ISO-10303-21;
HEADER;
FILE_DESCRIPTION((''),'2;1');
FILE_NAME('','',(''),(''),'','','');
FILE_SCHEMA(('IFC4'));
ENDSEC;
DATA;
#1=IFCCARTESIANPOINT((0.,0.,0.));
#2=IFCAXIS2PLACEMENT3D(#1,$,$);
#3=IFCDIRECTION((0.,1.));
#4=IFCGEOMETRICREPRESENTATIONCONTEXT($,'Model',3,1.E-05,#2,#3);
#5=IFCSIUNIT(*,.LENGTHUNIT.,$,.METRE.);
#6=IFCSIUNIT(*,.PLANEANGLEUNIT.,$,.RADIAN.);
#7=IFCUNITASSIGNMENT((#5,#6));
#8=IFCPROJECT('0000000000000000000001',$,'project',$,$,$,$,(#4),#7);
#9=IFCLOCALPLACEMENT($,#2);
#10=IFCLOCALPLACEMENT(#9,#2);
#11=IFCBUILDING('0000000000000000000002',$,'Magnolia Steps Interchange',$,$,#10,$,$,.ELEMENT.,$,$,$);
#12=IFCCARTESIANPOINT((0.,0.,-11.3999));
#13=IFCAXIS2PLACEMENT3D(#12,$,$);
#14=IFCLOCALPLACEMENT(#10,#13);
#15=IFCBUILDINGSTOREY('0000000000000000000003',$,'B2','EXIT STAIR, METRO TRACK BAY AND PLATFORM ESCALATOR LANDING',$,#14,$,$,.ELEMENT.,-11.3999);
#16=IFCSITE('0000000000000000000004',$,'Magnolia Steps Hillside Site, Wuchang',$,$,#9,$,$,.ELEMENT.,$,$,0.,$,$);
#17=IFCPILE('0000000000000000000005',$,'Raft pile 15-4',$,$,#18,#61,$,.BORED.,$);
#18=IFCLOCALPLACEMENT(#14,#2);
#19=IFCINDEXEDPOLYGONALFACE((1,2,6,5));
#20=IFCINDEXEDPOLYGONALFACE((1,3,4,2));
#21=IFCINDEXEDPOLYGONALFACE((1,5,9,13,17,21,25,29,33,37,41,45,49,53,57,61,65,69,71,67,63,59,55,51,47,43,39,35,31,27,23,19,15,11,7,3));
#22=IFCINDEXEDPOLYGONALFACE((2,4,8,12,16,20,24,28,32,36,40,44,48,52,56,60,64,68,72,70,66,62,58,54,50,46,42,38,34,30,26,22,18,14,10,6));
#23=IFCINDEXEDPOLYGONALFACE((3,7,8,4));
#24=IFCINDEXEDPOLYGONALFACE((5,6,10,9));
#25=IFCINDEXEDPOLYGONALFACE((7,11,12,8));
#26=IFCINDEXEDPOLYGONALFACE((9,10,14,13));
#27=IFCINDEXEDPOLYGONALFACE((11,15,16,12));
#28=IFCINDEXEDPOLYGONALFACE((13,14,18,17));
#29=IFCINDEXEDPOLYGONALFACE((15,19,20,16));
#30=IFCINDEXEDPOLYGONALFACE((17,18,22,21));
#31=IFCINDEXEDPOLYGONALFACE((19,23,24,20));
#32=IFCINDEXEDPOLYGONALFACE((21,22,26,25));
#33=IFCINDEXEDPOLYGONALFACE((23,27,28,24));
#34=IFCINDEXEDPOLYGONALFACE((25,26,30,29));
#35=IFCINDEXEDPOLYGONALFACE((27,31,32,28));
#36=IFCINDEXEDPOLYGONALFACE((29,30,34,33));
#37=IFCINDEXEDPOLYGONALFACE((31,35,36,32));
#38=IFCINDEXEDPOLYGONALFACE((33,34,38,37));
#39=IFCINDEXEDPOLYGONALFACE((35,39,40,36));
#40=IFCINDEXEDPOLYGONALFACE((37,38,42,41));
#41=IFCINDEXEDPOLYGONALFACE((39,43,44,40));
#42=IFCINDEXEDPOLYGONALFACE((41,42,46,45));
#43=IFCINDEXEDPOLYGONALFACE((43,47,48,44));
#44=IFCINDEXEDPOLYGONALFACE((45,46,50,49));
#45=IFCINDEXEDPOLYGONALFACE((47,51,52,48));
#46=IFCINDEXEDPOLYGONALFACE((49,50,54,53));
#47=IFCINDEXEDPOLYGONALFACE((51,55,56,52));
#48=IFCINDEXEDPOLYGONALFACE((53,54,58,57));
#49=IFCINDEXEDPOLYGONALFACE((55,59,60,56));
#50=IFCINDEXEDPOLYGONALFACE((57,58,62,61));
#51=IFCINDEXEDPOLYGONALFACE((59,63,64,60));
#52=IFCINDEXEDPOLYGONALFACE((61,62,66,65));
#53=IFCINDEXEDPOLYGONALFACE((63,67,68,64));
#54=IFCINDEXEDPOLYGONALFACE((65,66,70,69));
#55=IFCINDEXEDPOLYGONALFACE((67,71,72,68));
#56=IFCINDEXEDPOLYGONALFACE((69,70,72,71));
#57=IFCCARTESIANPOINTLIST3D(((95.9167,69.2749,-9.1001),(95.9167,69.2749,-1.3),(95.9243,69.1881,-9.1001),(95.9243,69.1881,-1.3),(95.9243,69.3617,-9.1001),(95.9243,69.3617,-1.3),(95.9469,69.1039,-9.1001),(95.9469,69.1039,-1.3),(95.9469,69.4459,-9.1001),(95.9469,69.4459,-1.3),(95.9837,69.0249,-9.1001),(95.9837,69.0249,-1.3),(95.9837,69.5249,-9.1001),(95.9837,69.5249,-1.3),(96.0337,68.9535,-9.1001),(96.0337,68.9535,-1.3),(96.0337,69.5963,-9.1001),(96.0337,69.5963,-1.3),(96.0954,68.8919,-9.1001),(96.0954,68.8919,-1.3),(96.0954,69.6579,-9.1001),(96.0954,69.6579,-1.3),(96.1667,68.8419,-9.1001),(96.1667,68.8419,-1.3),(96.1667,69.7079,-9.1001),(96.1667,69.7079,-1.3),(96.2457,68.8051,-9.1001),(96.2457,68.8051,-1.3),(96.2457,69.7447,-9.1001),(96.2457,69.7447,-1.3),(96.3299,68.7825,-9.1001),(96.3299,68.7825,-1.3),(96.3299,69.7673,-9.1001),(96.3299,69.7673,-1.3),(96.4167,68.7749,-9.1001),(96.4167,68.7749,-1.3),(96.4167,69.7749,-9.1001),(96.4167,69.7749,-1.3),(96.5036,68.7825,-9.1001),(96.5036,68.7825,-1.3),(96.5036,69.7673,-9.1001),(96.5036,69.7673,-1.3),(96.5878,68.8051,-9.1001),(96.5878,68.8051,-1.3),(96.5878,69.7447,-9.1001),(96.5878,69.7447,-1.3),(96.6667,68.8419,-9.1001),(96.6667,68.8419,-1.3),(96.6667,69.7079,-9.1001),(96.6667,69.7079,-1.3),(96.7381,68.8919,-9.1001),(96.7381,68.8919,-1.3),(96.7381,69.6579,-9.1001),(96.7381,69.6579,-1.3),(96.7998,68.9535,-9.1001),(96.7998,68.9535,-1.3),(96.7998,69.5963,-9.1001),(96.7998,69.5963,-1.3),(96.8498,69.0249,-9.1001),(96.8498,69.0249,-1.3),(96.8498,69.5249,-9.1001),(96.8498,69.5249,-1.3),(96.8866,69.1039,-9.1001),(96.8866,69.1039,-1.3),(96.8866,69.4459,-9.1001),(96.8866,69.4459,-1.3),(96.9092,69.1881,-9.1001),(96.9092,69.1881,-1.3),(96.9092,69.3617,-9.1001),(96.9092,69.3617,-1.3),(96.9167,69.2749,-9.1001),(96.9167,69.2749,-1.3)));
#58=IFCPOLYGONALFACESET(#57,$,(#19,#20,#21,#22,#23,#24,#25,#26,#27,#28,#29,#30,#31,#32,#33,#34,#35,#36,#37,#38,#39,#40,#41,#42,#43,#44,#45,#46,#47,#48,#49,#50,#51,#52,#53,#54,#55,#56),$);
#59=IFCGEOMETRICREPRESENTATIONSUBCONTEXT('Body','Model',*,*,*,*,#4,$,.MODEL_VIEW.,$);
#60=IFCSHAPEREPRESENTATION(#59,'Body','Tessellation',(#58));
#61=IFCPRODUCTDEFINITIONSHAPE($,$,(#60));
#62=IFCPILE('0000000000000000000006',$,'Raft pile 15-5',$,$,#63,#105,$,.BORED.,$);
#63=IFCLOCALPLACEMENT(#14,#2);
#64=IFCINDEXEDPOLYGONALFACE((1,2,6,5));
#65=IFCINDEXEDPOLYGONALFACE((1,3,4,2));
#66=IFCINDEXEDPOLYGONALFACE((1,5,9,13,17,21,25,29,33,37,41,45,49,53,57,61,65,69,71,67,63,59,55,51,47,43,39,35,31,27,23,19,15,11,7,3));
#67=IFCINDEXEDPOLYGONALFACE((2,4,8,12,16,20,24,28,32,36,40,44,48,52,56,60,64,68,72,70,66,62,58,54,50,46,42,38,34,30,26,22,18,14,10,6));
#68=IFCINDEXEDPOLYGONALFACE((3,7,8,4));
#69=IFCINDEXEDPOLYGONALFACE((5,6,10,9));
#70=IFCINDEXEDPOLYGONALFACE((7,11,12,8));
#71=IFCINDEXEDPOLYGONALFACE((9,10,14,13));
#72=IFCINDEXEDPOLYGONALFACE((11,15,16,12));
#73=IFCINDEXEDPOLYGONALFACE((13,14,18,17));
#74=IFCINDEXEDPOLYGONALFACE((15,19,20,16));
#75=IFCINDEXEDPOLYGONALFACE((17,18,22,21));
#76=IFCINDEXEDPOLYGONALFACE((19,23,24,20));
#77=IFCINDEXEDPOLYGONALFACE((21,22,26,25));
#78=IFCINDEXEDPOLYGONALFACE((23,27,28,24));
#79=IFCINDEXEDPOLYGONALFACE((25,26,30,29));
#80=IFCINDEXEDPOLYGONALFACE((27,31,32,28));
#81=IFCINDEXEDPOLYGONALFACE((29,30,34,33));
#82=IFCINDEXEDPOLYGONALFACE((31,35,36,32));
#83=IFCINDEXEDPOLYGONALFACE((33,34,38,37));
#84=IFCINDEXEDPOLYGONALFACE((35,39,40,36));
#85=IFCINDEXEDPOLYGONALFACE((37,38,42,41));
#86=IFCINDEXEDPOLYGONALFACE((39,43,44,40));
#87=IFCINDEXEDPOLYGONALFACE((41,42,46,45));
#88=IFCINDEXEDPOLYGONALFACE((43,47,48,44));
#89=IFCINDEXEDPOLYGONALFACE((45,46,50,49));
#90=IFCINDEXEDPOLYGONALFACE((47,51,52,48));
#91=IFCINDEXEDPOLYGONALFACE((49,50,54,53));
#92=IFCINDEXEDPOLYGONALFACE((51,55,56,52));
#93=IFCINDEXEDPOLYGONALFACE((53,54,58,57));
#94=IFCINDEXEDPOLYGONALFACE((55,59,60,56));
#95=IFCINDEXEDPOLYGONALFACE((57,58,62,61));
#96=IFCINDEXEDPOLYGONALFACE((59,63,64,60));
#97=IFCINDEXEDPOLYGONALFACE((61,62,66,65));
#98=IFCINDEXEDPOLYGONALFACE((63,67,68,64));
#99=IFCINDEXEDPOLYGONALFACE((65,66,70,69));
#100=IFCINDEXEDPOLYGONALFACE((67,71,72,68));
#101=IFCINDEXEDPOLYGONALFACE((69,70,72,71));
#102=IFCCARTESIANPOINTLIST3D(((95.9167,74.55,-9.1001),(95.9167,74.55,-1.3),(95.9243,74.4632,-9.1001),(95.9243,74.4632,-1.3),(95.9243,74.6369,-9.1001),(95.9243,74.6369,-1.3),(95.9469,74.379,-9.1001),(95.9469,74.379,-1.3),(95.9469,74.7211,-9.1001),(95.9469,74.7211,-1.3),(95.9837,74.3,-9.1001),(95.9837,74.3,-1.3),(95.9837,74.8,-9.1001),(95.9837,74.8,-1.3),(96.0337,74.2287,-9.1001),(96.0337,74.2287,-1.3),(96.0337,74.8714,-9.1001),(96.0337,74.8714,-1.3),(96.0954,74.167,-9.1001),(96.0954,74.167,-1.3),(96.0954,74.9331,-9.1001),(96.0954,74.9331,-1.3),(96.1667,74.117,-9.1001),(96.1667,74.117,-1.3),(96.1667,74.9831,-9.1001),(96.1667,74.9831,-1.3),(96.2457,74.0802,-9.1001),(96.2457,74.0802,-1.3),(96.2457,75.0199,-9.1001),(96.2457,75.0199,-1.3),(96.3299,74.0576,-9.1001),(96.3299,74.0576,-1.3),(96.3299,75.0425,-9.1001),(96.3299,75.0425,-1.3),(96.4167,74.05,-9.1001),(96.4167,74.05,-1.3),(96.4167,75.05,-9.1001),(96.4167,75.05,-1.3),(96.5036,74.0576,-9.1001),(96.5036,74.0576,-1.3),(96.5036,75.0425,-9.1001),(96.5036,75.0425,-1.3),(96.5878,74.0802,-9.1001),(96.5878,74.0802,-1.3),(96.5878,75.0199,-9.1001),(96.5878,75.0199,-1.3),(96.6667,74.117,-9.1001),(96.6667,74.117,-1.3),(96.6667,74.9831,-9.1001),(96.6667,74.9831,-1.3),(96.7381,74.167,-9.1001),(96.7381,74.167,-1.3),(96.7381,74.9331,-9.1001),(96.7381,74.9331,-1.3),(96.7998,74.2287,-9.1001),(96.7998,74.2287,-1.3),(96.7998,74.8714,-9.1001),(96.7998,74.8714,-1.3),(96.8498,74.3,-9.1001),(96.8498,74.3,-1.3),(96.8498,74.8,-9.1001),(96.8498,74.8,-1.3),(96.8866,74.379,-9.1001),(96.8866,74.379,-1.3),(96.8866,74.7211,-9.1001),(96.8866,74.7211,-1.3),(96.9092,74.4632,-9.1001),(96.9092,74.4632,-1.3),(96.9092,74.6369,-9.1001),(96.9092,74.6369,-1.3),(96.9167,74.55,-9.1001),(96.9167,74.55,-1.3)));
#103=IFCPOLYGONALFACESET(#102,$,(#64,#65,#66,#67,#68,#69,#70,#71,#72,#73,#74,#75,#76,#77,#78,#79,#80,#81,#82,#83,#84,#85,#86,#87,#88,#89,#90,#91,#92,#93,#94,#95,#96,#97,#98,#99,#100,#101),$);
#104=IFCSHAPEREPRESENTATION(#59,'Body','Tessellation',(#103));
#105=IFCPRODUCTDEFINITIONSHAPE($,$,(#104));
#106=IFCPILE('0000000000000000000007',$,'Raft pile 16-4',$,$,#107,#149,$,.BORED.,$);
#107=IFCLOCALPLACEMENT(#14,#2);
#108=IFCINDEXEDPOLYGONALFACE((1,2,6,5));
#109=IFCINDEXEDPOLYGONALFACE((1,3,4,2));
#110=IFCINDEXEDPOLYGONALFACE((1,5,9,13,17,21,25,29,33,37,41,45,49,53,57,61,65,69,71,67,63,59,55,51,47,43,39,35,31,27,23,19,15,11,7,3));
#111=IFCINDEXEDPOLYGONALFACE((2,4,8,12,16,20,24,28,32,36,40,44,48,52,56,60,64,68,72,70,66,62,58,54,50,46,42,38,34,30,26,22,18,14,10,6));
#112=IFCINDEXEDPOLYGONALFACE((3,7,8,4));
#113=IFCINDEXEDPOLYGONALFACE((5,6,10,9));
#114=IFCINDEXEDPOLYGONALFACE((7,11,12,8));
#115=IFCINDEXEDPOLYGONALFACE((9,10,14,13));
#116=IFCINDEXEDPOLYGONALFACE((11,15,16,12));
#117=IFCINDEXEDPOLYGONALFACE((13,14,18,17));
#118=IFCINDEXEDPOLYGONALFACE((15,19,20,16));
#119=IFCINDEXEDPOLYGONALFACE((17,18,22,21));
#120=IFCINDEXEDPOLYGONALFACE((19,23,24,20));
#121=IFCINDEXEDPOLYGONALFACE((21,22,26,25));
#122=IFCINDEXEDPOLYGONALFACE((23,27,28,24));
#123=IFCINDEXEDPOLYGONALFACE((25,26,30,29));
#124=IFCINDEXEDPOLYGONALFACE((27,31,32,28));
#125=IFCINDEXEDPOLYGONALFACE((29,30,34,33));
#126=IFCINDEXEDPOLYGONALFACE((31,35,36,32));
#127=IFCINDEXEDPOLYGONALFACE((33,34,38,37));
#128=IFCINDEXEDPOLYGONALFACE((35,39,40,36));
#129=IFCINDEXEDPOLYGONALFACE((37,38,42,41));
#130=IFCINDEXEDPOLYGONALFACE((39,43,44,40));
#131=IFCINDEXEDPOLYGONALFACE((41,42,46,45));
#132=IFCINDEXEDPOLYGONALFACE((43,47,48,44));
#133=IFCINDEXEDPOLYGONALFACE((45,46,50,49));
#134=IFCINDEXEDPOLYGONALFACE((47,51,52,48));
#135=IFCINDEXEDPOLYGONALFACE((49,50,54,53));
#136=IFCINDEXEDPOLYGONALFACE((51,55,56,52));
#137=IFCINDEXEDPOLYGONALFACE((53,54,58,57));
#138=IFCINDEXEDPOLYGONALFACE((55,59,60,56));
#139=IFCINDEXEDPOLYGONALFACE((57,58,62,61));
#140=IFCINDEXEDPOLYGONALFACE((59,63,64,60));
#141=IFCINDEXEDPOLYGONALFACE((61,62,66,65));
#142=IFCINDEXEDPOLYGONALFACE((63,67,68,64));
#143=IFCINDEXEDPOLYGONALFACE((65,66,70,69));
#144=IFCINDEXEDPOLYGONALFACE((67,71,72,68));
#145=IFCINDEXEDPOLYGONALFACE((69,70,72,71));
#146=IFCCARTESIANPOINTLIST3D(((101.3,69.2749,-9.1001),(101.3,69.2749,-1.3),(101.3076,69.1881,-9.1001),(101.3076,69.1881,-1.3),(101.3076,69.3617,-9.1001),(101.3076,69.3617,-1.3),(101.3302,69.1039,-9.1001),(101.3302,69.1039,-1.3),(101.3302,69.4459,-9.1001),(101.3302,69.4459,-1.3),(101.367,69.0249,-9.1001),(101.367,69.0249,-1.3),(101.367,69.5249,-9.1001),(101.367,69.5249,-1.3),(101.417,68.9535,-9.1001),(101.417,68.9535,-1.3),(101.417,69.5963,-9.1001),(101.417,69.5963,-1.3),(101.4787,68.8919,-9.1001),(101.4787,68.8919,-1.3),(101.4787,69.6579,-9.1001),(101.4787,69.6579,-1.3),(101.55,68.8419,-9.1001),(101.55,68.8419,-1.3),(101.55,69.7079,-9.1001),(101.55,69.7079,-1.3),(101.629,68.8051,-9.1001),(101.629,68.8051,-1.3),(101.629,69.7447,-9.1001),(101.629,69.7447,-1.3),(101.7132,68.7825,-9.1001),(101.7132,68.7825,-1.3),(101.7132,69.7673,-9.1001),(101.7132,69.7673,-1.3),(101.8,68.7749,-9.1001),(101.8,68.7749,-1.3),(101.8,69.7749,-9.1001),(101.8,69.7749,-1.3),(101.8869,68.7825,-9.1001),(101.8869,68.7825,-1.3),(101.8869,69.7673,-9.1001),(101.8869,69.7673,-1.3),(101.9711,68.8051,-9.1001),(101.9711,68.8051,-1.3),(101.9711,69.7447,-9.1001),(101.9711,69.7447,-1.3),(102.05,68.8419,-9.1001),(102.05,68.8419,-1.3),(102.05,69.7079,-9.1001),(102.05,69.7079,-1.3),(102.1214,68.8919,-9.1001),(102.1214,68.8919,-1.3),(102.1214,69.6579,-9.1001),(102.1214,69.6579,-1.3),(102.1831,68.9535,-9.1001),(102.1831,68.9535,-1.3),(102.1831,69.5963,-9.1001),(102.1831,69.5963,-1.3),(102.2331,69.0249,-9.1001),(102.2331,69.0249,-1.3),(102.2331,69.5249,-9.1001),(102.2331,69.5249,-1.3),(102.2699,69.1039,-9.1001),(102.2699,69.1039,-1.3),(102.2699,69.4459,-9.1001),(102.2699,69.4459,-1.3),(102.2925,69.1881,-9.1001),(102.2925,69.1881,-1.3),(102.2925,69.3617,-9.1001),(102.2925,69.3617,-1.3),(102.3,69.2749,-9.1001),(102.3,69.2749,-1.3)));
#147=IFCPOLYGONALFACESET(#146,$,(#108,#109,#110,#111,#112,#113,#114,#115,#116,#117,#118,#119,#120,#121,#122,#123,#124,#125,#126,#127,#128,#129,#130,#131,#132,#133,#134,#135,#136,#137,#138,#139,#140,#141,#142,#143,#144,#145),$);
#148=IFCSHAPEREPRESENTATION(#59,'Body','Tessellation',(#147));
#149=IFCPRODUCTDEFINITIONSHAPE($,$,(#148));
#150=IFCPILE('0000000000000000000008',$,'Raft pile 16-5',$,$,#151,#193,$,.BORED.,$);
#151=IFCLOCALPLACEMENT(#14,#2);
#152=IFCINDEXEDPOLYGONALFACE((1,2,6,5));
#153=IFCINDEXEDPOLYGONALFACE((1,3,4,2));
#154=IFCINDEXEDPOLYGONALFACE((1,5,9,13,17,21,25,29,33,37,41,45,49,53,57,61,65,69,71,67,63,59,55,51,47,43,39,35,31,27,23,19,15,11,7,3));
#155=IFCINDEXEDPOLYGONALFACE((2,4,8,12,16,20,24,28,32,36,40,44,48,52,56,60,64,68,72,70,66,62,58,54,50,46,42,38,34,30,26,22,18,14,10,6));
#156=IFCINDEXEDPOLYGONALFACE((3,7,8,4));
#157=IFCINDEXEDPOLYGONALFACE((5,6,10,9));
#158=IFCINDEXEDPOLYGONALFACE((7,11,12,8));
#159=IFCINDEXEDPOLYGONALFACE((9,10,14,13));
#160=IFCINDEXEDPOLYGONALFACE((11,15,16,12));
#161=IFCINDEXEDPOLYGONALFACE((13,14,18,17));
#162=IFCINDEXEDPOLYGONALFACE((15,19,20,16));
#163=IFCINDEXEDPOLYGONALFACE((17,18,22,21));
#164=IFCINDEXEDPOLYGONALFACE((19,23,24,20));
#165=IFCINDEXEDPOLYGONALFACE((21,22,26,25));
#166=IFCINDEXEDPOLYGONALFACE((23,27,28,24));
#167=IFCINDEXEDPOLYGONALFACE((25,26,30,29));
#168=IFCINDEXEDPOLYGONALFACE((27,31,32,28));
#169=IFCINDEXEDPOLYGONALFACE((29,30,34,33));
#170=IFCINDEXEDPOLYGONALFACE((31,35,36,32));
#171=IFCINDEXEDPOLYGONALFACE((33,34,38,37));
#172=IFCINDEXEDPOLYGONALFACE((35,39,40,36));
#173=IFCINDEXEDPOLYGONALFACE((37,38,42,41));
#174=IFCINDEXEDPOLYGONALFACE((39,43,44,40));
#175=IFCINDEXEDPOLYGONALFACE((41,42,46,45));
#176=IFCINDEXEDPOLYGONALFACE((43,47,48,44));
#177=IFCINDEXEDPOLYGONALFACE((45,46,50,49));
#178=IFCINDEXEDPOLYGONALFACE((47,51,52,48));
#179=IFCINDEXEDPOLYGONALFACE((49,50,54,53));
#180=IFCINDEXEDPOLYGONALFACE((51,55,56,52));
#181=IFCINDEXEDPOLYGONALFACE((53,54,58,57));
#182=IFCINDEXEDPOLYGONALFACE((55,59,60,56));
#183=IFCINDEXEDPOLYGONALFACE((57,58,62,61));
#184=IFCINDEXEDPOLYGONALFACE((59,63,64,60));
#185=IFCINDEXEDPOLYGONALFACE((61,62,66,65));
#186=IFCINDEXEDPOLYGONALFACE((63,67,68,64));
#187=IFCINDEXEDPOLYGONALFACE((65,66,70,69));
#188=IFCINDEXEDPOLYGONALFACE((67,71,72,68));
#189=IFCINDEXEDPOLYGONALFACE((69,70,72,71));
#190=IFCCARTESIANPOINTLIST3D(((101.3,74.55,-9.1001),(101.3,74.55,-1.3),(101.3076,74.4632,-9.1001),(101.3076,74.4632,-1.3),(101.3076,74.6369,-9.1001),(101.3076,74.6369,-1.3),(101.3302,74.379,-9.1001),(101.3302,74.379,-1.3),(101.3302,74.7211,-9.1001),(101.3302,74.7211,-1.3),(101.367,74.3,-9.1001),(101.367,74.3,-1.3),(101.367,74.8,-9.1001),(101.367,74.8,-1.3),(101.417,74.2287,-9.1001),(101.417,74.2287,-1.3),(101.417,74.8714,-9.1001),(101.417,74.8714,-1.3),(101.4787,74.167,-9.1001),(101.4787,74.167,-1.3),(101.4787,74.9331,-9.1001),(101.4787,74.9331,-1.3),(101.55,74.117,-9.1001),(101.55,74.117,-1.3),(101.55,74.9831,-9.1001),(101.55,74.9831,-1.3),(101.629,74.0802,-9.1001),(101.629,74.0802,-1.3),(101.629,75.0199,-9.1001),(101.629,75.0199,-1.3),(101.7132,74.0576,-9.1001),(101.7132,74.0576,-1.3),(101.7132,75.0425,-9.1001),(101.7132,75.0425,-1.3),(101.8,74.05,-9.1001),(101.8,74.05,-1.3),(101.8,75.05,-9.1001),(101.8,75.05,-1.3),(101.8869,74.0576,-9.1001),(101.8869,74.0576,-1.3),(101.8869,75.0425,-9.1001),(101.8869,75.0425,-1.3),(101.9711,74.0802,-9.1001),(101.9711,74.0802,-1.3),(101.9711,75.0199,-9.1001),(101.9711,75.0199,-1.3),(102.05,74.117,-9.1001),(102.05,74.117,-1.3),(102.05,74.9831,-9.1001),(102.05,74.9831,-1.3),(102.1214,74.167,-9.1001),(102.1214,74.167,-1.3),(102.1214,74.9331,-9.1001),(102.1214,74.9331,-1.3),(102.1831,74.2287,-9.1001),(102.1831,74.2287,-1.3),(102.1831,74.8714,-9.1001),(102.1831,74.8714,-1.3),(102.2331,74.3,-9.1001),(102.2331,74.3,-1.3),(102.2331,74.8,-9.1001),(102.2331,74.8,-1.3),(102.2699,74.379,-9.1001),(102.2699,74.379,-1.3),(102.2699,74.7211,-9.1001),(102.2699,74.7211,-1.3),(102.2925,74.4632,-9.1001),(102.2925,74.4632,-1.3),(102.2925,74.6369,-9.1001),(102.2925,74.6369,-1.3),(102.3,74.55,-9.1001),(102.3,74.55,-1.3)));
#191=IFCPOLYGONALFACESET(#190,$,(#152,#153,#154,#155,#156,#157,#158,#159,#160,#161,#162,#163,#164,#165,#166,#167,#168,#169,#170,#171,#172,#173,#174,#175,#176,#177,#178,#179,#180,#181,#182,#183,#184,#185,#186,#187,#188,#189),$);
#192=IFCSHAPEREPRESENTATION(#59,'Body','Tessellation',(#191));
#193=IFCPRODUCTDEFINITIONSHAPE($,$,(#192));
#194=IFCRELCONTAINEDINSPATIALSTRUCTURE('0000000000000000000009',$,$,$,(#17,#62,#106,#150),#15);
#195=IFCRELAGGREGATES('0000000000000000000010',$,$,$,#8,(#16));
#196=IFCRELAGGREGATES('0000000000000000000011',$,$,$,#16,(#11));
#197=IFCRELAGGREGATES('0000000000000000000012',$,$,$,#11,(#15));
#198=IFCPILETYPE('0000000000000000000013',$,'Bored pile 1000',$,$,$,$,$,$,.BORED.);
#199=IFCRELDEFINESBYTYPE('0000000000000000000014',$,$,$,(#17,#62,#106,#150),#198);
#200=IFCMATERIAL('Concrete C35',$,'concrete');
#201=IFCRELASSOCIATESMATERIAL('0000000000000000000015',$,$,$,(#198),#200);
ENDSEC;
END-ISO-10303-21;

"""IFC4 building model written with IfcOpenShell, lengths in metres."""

from ifc_helpers import new_model, si_unit, direction, frame, origin, origin_2d, place, context, subcontext, project, spatial, circle, extrude, material, material_profile, profile_set, type_object, element, save


model = new_model("IFC4")

# Units and contexts
model_context = context("Model", 3, precision=1e-05, world=origin(), true_north=direction((0.0, 1.0)))
body_context = subcontext(model_context, "Body", "Model", "MODEL_VIEW")
ifc_project = project(units=[si_unit("LENGTHUNIT", "METRE"), si_unit("PLANEANGLEUNIT", "RADIAN")], contexts=[model_context])

# Site, building, storey
site_placement = place(None, origin())
site = spatial("IfcSite", under=ifc_project, at=site_placement, Name="Magnolia Steps Hillside Site, Wuchang", CompositionType="ELEMENT", RefElevation=0.0)
building_placement = place(site_placement, origin())
building = spatial("IfcBuilding", under=site, at=building_placement, Name="Magnolia Steps Interchange", CompositionType="ELEMENT")
storey_placement = place(building_placement, frame((0.0, 0.0, -11.3999)))
storey = spatial("IfcBuildingStorey", under=building, at=storey_placement, Name="B2", Description="EXIT STAIR, METRO TRACK BAY AND PLATFORM ESCALATOR LANDING", CompositionType="ELEMENT", Elevation=-11.3999)

# Piles
ifc_material_1 = material(Name="Concrete C35", Category="concrete")
ifc_material_profile_1 = material_profile(ifc_material_1, circle(Radius=0.5, at=origin_2d()), Name="Bored pile 1000")
ifc_profile_set_1 = profile_set([ifc_material_profile_1], Name="Concrete C35")
pile_type_1 = type_object("IfcPileType", Name="Bored pile 1000", PredefinedType="BORED", material=ifc_profile_set_1)
for number, where, z_axis, x_axis, name in (
    (1, (96.4167, 69.2749, -1.3), (0.0, 0.0, -1.0), (1.0, 0.0, 0.0), "Raft pile 15-4"),
    (2, (96.4167, 74.55, -1.3), (0.0, 0.0, -1.0), (1.0, 0.0, 0.0), "Raft pile 15-5"),
    (3, (101.8, 69.2749, -1.3), (0.0, 0.0, -1.0), (1.0, 0.0, 0.0), "Raft pile 16-4"),
    (4, (101.8, 74.55, -1.3), (0.0, 0.0, -1.0), (1.0, 0.0, 0.0), "Raft pile 16-5"),
):
    element("IfcPile", number, at=place(storey_placement, frame(where, z_axis=z_axis, x_axis=x_axis)), inside=storey, type_object=pile_type_1, Name=name, PredefinedType="BORED", context=body_context, shape_type="SweptSolid", body=[
        extrude(circle(Radius=0.5, at=origin_2d()), origin(), (0.0, 0.0, 1.0), 7.8),
    ])

save(model, "model.ifc")
